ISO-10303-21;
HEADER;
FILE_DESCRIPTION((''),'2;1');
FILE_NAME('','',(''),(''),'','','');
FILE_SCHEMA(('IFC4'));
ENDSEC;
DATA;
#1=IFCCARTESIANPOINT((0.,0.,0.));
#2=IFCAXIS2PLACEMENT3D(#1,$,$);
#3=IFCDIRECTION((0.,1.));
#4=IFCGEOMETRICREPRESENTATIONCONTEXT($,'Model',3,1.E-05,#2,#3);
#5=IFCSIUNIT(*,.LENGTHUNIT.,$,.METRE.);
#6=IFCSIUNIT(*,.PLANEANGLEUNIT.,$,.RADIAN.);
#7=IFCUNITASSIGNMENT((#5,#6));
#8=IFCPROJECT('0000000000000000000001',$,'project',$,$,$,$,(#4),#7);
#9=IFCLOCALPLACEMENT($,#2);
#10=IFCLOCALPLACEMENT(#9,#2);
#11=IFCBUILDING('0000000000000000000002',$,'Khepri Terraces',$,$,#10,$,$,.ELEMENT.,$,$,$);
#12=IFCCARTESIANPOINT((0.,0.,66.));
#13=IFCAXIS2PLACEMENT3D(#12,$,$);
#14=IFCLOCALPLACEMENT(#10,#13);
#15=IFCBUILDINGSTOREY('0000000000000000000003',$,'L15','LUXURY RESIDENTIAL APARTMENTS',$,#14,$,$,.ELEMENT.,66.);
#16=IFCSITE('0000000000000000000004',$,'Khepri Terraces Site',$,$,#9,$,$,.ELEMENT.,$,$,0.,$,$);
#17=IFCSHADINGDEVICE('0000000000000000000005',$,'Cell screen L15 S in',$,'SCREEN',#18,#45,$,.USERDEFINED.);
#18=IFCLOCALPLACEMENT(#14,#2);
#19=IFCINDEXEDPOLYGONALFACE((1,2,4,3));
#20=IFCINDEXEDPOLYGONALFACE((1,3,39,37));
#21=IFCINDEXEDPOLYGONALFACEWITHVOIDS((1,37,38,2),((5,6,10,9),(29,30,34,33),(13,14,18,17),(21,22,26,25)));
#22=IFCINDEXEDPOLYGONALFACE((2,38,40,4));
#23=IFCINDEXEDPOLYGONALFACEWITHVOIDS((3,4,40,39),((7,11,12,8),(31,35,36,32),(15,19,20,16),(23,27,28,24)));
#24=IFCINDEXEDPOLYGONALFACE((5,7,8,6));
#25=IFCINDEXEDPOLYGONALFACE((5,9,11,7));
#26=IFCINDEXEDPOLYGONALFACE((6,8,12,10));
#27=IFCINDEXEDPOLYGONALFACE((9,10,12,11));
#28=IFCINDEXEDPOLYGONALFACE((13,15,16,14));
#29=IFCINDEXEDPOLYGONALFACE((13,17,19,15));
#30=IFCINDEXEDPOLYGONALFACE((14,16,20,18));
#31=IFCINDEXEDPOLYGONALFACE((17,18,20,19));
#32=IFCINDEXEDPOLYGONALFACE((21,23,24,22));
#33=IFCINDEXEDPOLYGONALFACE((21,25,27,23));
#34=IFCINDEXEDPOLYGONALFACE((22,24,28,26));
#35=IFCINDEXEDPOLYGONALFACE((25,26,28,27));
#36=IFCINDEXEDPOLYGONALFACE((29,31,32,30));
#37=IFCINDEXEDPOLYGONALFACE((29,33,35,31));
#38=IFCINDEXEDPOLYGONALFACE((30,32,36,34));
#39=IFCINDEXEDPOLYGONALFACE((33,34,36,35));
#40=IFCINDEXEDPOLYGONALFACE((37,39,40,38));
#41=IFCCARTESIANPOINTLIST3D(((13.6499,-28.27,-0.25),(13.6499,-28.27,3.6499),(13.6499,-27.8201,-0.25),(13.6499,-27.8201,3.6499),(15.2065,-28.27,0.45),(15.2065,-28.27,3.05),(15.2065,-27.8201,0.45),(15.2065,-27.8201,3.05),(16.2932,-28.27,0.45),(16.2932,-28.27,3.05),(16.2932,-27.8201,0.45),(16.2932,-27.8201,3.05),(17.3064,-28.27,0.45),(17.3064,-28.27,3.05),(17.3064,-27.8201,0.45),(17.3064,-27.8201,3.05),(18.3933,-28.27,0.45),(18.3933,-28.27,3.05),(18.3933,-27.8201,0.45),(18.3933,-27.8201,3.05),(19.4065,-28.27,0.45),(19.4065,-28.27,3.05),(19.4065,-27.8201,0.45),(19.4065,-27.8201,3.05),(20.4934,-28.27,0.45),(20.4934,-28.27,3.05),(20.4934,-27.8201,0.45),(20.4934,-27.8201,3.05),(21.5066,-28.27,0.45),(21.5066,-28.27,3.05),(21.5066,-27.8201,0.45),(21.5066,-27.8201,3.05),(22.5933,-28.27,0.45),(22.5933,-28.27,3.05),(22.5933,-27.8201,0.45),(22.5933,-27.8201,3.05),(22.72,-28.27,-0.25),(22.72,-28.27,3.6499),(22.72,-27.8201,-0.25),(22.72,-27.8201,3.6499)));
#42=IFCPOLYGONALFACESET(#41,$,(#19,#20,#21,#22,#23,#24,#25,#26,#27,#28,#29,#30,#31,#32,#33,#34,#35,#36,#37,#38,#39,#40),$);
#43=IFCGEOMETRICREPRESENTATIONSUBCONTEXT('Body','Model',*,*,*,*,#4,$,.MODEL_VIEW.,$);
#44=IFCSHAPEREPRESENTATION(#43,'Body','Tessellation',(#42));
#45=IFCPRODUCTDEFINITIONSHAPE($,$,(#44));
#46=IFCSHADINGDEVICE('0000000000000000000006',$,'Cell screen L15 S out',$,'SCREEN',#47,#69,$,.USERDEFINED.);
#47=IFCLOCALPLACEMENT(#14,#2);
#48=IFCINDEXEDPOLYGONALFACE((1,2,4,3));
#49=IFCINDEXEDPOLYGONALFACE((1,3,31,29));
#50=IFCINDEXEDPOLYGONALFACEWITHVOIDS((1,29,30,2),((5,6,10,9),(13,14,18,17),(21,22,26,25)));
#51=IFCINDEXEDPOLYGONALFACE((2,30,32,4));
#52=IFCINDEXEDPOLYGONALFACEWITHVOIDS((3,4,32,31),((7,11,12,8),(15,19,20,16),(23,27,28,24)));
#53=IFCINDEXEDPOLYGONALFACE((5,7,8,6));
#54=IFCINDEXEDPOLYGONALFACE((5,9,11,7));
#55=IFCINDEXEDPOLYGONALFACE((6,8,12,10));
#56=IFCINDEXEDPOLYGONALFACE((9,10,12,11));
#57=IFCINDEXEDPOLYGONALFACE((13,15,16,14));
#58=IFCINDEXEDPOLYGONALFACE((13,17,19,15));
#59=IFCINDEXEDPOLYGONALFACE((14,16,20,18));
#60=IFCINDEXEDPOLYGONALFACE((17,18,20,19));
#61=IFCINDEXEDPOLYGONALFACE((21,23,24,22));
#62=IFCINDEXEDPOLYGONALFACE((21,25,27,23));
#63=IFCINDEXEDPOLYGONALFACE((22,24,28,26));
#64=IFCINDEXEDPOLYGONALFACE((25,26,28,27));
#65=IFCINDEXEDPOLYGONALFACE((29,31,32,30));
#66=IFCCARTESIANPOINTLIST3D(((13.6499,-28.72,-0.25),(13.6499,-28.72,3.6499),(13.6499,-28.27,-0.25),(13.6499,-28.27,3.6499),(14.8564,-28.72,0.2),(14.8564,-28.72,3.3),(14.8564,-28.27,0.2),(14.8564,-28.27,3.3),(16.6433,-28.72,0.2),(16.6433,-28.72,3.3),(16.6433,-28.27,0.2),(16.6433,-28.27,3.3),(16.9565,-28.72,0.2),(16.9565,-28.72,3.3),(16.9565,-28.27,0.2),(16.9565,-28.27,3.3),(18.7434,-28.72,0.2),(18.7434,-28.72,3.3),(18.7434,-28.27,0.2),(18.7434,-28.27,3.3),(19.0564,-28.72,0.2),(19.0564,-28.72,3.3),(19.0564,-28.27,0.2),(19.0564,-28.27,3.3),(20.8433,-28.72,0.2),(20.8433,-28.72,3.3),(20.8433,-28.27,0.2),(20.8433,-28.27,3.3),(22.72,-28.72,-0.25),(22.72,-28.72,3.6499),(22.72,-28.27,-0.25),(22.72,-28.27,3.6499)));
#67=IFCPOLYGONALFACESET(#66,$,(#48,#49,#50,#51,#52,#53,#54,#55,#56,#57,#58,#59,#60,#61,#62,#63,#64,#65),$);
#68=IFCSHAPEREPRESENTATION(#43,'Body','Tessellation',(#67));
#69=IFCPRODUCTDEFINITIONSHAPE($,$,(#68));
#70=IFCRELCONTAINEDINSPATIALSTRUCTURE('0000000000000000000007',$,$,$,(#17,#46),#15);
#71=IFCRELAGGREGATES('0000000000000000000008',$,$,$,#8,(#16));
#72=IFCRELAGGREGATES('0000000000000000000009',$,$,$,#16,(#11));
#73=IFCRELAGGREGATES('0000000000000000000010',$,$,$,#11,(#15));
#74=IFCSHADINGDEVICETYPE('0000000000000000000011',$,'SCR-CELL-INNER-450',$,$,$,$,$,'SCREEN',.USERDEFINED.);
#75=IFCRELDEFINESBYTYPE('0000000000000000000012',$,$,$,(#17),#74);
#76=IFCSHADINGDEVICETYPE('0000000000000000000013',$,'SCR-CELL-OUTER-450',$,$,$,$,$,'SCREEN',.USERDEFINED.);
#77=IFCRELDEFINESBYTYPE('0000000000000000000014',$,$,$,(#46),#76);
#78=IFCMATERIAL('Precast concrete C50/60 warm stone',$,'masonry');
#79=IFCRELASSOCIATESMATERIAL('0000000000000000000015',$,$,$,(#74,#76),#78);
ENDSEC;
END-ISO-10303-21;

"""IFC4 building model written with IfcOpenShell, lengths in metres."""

from ifc_helpers import new_model, si_unit, direction, frame, origin, place, context, subcontext, project, spatial, polyline, outline, extrude, material, type_object, element, save


model = new_model("IFC4")

# Units and contexts
model_context = context("Model", 3, precision=1e-05, world=origin(), true_north=direction((0.0, 1.0)))
body_context = subcontext(model_context, "Body", "Model", "MODEL_VIEW")
ifc_project = project(units=[si_unit("LENGTHUNIT", "METRE"), si_unit("PLANEANGLEUNIT", "RADIAN")], contexts=[model_context])

# Site, building, storey
site_placement = place(None, origin())
site = spatial("IfcSite", under=ifc_project, at=site_placement, Name="Khepri Terraces Site", CompositionType="ELEMENT", RefElevation=0.0)
building_placement = place(site_placement, origin())
building = spatial("IfcBuilding", under=site, at=building_placement, Name="Khepri Terraces", CompositionType="ELEMENT")
storey_placement = place(building_placement, frame((0.0, 0.0, 66.0)))
storey = spatial("IfcBuildingStorey", under=building, at=storey_placement, Name="L15", Description="LUXURY RESIDENTIAL APARTMENTS", CompositionType="ELEMENT", Elevation=66.0)

# Shared definitions
ifc_material_1 = material(Name="Precast concrete C50/60 warm stone", Category="masonry")

# Shading devices
shading_device_type_1 = type_object("IfcShadingDeviceType", Name="SCR-CELL-INNER-450", ElementType="SCREEN", PredefinedType="USERDEFINED", material=ifc_material_1)
shading_device_1_placement = place(storey_placement, frame((13.6499, -27.8201, -0.25), z_axis=(0.0, -1.0, 0.0), x_axis=(1.0, 0.0, 0.0)))
element("IfcShadingDevice", 1, at=shading_device_1_placement, inside=storey, type_object=shading_device_type_1, Name="Cell screen L15 S in", ObjectType="SCREEN", PredefinedType="USERDEFINED", context=body_context, shape_type="SweptSolid", body=[
    extrude(outline(polyline([(0.0, 0.0), (9.0701, 0.0), (9.0701, 3.8999), (0.0, 3.8999), (0.0, 0.0)]), holes=[polyline([(1.5566, 0.7), (2.6433, 0.7), (2.6433, 3.3), (1.5566, 3.3), (1.5566, 0.7)]), polyline([(3.6565, 0.7), (4.7434, 0.7), (4.7434, 3.3), (3.6565, 3.3), (3.6565, 0.7)]), polyline([(5.7566, 0.7), (6.8435, 0.7), (6.8435, 3.3), (5.7566, 3.3), (5.7566, 0.7)]), polyline([(7.8567, 0.7), (8.9434, 0.7), (8.9434, 3.3), (7.8567, 3.3), (7.8567, 0.7)])]), origin(), (0.0, 0.0, 1.0), 0.45),
])
shading_device_type_2 = type_object("IfcShadingDeviceType", Name="SCR-CELL-OUTER-450", ElementType="SCREEN", PredefinedType="USERDEFINED", material=ifc_material_1)
shading_device_2_placement = place(storey_placement, frame((13.6499, -28.27, -0.25), z_axis=(0.0, -1.0, 0.0), x_axis=(1.0, 0.0, 0.0)))
element("IfcShadingDevice", 2, at=shading_device_2_placement, inside=storey, type_object=shading_device_type_2, Name="Cell screen L15 S out", ObjectType="SCREEN", PredefinedType="USERDEFINED", context=body_context, shape_type="SweptSolid", body=[
    extrude(outline(polyline([(0.0, 0.0), (9.0701, 0.0), (9.0701, 3.8999), (0.0, 3.8999), (0.0, 0.0)]), holes=[polyline([(1.2065, 0.45), (2.9934, 0.45), (2.9934, 3.55), (1.2065, 3.55), (1.2065, 0.45)]), polyline([(3.3066, 0.45), (5.0935, 0.45), (5.0935, 3.55), (3.3066, 3.55), (3.3066, 0.45)]), polyline([(5.4065, 0.45), (7.1934, 0.45), (7.1934, 3.55), (5.4065, 3.55), (5.4065, 0.45)])]), origin(), (0.0, 0.0, 1.0), 0.45),
])

save(model, "model.ifc")
